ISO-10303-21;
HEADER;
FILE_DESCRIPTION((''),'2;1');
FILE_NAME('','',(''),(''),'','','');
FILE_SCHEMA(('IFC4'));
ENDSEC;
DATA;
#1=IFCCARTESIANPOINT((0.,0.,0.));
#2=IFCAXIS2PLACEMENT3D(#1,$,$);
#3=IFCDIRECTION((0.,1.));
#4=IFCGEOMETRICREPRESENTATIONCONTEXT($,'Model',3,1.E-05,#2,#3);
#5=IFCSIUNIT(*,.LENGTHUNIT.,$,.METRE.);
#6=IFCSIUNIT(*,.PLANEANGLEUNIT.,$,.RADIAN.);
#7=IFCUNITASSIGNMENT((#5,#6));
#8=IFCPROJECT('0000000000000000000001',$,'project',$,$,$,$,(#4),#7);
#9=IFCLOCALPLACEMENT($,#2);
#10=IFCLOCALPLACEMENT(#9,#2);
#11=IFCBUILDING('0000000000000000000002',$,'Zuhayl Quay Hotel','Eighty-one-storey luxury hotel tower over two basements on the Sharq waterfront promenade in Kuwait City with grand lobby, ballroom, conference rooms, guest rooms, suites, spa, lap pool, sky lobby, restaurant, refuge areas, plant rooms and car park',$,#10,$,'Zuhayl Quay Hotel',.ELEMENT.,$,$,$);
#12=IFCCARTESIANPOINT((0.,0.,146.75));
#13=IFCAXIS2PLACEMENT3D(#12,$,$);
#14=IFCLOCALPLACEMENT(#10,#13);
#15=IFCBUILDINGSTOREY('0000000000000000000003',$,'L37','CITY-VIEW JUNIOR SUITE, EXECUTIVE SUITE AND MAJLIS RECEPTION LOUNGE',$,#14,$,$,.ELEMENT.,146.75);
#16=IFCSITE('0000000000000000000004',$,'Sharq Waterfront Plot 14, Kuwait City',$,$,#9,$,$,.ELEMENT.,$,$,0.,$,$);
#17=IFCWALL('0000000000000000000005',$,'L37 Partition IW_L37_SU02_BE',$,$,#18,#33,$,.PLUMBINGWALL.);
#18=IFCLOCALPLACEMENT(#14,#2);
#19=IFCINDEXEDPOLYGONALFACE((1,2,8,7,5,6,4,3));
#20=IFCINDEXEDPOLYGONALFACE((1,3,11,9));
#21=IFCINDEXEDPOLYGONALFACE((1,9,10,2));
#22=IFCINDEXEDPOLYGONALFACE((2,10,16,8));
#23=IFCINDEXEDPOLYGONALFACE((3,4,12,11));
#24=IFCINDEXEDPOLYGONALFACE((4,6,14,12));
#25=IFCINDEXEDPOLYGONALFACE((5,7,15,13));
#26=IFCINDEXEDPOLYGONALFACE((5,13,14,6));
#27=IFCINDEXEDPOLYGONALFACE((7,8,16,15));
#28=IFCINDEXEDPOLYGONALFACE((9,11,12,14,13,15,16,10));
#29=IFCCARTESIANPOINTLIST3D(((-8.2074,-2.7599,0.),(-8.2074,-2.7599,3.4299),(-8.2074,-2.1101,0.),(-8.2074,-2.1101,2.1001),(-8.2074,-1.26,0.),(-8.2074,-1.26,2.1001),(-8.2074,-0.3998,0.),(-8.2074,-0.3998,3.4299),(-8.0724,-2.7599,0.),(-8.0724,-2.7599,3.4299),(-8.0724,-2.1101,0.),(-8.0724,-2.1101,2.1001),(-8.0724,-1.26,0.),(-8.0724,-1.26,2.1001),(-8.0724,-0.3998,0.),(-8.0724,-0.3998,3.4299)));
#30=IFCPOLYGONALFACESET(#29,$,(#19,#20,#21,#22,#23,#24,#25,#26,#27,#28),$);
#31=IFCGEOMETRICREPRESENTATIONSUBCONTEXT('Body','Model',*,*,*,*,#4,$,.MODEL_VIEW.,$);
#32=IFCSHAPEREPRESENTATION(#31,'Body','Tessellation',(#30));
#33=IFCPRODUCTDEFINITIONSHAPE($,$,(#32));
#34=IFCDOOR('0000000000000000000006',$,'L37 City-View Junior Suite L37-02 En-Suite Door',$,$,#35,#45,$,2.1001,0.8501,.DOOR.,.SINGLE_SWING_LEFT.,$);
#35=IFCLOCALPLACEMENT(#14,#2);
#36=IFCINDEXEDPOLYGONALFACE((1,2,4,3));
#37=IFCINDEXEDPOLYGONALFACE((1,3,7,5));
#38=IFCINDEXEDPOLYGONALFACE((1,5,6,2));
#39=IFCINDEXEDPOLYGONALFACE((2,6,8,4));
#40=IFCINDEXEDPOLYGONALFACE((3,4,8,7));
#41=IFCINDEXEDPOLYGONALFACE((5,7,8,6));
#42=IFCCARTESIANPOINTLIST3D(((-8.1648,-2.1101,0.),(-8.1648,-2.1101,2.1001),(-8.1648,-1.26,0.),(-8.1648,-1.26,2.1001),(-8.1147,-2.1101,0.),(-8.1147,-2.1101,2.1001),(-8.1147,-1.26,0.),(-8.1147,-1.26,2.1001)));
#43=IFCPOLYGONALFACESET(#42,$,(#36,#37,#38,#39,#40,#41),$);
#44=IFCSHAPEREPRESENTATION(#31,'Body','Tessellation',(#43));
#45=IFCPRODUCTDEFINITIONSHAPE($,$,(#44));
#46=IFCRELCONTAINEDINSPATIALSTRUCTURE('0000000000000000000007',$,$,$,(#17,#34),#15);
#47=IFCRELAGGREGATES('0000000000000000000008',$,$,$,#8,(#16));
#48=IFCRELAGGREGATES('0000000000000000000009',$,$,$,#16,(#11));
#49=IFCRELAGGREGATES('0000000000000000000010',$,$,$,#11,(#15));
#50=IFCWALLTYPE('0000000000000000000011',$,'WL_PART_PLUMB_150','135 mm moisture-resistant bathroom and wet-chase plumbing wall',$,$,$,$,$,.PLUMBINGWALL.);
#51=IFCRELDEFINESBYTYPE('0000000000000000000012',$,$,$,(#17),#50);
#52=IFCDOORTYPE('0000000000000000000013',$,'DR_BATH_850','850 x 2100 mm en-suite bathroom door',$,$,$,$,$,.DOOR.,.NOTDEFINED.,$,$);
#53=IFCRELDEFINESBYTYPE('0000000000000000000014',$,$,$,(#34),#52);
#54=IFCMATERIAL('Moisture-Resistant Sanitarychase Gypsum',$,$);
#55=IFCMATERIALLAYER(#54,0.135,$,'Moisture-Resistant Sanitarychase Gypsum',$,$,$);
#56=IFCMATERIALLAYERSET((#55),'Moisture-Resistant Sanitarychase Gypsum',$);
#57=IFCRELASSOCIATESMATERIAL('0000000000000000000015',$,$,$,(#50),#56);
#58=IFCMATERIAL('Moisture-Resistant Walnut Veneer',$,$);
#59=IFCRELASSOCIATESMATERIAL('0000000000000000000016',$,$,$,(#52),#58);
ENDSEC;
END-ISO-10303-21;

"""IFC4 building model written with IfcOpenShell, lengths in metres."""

from ifc_helpers import new_model, si_unit, direction, frame, frame_2d, origin, place, context, subcontext, project, spatial, rectangle, extrude, material, layer, layer_set, type_object, element, fill, save


model = new_model("IFC4")

# Units and contexts
model_context = context("Model", 3, precision=1e-05, world=origin(), true_north=direction((0.0, 1.0)))
body_context = subcontext(model_context, "Body", "Model", "MODEL_VIEW")
ifc_project = project(units=[si_unit("LENGTHUNIT", "METRE"), si_unit("PLANEANGLEUNIT", "RADIAN")], contexts=[model_context])

# Site, building, storey
site_placement = place(None, origin())
site = spatial("IfcSite", under=ifc_project, at=site_placement, Name="Sharq Waterfront Plot 14, Kuwait City", CompositionType="ELEMENT", RefElevation=0.0)
building_placement = place(site_placement, origin())
building = spatial("IfcBuilding", under=site, at=building_placement, Name="Zuhayl Quay Hotel", Description="Eighty-one-storey luxury hotel tower over two basements on the Sharq waterfront promenade in Kuwait City with grand lobby, ballroom, conference rooms, guest rooms, suites, spa, lap pool, sky lobby, restaurant, refuge areas, plant rooms and car park", LongName="Zuhayl Quay Hotel", CompositionType="ELEMENT")
storey_placement = place(building_placement, frame((0.0, 0.0, 146.75)))
storey = spatial("IfcBuildingStorey", under=building, at=storey_placement, Name="L37", Description="CITY-VIEW JUNIOR SUITE, EXECUTIVE SUITE AND MAJLIS RECEPTION LOUNGE", CompositionType="ELEMENT", Elevation=146.75)

# Wall, opening, door
ifc_material_1 = material(Name="Moisture-Resistant Sanitarychase Gypsum")
ifc_layer_1 = layer(ifc_material_1, 0.135, Name="Moisture-Resistant Sanitarychase Gypsum")
ifc_layer_set_1 = layer_set([ifc_layer_1], Name="Moisture-Resistant Sanitarychase Gypsum")
wall_type_1 = type_object("IfcWallType", Name="WL_PART_PLUMB_150", Description="135 mm moisture-resistant bathroom and wet-chase plumbing wall", PredefinedType="PLUMBINGWALL", material=ifc_layer_set_1)
wall_1_placement = place(storey_placement, frame((-8.1399, -2.76, 0.0), z_axis=(0.0, 0.0, 1.0), x_axis=(0.0, 1.0, 0.0)))
wall_1 = element("IfcWall", 1, at=wall_1_placement, inside=storey, type_object=wall_type_1, Name="L37 Partition IW_L37_SU02_BE", PredefinedType="PLUMBINGWALL", context=body_context, shape_type="SweptSolid", body=[
    extrude(rectangle(XDim=2.3601, YDim=0.135, at=frame_2d((1.1802, 0.0))), origin(), (0.0, 0.0, 1.0), 3.4299),
])
opening_placement = place(wall_1_placement, frame((0.6499, 0.0, 0.0)))
opening = element("IfcOpeningElement", 2, at=opening_placement, cuts=wall_1, PredefinedType="OPENING", context=body_context, shape_type="SweptSolid", body=[
    extrude(rectangle(XDim=0.8501, YDim=2.1001, at=frame_2d((0.425, 1.05))), frame((0.0, 0.0774, 0.0), z_axis=(0.0, -1.0, 0.0), x_axis=(1.0, 0.0, 0.0)), (0.0, 0.0, 1.0), 0.155),
])
ifc_material_2 = material(Name="Moisture-Resistant Walnut Veneer")
door_type = type_object("IfcDoorType", Name="DR_BATH_850", Description="850 x 2100 mm en-suite bathroom door", OperationType="NOTDEFINED", PredefinedType="DOOR", material=ifc_material_2)
door_placement = place(opening_placement, origin())
door = element("IfcDoor", 3, at=door_placement, inside=storey, type_object=door_type, Name="L37 City-View Junior Suite L37-02 En-Suite Door", OperationType="SINGLE_SWING_LEFT", OverallHeight=2.1001, OverallWidth=0.8501, PredefinedType="DOOR", context=body_context, shape_type="SweptSolid", body=[
    extrude(rectangle(XDim=0.8501, YDim=2.1001, at=frame_2d((0.425, 1.05))), frame((0.0, 0.0249, 0.0), z_axis=(0.0, -1.0, 0.0), x_axis=(1.0, 0.0, 0.0)), (0.0, 0.0, 1.0), 0.05),
])
fill(opening, door)

save(model, "model.ifc")
